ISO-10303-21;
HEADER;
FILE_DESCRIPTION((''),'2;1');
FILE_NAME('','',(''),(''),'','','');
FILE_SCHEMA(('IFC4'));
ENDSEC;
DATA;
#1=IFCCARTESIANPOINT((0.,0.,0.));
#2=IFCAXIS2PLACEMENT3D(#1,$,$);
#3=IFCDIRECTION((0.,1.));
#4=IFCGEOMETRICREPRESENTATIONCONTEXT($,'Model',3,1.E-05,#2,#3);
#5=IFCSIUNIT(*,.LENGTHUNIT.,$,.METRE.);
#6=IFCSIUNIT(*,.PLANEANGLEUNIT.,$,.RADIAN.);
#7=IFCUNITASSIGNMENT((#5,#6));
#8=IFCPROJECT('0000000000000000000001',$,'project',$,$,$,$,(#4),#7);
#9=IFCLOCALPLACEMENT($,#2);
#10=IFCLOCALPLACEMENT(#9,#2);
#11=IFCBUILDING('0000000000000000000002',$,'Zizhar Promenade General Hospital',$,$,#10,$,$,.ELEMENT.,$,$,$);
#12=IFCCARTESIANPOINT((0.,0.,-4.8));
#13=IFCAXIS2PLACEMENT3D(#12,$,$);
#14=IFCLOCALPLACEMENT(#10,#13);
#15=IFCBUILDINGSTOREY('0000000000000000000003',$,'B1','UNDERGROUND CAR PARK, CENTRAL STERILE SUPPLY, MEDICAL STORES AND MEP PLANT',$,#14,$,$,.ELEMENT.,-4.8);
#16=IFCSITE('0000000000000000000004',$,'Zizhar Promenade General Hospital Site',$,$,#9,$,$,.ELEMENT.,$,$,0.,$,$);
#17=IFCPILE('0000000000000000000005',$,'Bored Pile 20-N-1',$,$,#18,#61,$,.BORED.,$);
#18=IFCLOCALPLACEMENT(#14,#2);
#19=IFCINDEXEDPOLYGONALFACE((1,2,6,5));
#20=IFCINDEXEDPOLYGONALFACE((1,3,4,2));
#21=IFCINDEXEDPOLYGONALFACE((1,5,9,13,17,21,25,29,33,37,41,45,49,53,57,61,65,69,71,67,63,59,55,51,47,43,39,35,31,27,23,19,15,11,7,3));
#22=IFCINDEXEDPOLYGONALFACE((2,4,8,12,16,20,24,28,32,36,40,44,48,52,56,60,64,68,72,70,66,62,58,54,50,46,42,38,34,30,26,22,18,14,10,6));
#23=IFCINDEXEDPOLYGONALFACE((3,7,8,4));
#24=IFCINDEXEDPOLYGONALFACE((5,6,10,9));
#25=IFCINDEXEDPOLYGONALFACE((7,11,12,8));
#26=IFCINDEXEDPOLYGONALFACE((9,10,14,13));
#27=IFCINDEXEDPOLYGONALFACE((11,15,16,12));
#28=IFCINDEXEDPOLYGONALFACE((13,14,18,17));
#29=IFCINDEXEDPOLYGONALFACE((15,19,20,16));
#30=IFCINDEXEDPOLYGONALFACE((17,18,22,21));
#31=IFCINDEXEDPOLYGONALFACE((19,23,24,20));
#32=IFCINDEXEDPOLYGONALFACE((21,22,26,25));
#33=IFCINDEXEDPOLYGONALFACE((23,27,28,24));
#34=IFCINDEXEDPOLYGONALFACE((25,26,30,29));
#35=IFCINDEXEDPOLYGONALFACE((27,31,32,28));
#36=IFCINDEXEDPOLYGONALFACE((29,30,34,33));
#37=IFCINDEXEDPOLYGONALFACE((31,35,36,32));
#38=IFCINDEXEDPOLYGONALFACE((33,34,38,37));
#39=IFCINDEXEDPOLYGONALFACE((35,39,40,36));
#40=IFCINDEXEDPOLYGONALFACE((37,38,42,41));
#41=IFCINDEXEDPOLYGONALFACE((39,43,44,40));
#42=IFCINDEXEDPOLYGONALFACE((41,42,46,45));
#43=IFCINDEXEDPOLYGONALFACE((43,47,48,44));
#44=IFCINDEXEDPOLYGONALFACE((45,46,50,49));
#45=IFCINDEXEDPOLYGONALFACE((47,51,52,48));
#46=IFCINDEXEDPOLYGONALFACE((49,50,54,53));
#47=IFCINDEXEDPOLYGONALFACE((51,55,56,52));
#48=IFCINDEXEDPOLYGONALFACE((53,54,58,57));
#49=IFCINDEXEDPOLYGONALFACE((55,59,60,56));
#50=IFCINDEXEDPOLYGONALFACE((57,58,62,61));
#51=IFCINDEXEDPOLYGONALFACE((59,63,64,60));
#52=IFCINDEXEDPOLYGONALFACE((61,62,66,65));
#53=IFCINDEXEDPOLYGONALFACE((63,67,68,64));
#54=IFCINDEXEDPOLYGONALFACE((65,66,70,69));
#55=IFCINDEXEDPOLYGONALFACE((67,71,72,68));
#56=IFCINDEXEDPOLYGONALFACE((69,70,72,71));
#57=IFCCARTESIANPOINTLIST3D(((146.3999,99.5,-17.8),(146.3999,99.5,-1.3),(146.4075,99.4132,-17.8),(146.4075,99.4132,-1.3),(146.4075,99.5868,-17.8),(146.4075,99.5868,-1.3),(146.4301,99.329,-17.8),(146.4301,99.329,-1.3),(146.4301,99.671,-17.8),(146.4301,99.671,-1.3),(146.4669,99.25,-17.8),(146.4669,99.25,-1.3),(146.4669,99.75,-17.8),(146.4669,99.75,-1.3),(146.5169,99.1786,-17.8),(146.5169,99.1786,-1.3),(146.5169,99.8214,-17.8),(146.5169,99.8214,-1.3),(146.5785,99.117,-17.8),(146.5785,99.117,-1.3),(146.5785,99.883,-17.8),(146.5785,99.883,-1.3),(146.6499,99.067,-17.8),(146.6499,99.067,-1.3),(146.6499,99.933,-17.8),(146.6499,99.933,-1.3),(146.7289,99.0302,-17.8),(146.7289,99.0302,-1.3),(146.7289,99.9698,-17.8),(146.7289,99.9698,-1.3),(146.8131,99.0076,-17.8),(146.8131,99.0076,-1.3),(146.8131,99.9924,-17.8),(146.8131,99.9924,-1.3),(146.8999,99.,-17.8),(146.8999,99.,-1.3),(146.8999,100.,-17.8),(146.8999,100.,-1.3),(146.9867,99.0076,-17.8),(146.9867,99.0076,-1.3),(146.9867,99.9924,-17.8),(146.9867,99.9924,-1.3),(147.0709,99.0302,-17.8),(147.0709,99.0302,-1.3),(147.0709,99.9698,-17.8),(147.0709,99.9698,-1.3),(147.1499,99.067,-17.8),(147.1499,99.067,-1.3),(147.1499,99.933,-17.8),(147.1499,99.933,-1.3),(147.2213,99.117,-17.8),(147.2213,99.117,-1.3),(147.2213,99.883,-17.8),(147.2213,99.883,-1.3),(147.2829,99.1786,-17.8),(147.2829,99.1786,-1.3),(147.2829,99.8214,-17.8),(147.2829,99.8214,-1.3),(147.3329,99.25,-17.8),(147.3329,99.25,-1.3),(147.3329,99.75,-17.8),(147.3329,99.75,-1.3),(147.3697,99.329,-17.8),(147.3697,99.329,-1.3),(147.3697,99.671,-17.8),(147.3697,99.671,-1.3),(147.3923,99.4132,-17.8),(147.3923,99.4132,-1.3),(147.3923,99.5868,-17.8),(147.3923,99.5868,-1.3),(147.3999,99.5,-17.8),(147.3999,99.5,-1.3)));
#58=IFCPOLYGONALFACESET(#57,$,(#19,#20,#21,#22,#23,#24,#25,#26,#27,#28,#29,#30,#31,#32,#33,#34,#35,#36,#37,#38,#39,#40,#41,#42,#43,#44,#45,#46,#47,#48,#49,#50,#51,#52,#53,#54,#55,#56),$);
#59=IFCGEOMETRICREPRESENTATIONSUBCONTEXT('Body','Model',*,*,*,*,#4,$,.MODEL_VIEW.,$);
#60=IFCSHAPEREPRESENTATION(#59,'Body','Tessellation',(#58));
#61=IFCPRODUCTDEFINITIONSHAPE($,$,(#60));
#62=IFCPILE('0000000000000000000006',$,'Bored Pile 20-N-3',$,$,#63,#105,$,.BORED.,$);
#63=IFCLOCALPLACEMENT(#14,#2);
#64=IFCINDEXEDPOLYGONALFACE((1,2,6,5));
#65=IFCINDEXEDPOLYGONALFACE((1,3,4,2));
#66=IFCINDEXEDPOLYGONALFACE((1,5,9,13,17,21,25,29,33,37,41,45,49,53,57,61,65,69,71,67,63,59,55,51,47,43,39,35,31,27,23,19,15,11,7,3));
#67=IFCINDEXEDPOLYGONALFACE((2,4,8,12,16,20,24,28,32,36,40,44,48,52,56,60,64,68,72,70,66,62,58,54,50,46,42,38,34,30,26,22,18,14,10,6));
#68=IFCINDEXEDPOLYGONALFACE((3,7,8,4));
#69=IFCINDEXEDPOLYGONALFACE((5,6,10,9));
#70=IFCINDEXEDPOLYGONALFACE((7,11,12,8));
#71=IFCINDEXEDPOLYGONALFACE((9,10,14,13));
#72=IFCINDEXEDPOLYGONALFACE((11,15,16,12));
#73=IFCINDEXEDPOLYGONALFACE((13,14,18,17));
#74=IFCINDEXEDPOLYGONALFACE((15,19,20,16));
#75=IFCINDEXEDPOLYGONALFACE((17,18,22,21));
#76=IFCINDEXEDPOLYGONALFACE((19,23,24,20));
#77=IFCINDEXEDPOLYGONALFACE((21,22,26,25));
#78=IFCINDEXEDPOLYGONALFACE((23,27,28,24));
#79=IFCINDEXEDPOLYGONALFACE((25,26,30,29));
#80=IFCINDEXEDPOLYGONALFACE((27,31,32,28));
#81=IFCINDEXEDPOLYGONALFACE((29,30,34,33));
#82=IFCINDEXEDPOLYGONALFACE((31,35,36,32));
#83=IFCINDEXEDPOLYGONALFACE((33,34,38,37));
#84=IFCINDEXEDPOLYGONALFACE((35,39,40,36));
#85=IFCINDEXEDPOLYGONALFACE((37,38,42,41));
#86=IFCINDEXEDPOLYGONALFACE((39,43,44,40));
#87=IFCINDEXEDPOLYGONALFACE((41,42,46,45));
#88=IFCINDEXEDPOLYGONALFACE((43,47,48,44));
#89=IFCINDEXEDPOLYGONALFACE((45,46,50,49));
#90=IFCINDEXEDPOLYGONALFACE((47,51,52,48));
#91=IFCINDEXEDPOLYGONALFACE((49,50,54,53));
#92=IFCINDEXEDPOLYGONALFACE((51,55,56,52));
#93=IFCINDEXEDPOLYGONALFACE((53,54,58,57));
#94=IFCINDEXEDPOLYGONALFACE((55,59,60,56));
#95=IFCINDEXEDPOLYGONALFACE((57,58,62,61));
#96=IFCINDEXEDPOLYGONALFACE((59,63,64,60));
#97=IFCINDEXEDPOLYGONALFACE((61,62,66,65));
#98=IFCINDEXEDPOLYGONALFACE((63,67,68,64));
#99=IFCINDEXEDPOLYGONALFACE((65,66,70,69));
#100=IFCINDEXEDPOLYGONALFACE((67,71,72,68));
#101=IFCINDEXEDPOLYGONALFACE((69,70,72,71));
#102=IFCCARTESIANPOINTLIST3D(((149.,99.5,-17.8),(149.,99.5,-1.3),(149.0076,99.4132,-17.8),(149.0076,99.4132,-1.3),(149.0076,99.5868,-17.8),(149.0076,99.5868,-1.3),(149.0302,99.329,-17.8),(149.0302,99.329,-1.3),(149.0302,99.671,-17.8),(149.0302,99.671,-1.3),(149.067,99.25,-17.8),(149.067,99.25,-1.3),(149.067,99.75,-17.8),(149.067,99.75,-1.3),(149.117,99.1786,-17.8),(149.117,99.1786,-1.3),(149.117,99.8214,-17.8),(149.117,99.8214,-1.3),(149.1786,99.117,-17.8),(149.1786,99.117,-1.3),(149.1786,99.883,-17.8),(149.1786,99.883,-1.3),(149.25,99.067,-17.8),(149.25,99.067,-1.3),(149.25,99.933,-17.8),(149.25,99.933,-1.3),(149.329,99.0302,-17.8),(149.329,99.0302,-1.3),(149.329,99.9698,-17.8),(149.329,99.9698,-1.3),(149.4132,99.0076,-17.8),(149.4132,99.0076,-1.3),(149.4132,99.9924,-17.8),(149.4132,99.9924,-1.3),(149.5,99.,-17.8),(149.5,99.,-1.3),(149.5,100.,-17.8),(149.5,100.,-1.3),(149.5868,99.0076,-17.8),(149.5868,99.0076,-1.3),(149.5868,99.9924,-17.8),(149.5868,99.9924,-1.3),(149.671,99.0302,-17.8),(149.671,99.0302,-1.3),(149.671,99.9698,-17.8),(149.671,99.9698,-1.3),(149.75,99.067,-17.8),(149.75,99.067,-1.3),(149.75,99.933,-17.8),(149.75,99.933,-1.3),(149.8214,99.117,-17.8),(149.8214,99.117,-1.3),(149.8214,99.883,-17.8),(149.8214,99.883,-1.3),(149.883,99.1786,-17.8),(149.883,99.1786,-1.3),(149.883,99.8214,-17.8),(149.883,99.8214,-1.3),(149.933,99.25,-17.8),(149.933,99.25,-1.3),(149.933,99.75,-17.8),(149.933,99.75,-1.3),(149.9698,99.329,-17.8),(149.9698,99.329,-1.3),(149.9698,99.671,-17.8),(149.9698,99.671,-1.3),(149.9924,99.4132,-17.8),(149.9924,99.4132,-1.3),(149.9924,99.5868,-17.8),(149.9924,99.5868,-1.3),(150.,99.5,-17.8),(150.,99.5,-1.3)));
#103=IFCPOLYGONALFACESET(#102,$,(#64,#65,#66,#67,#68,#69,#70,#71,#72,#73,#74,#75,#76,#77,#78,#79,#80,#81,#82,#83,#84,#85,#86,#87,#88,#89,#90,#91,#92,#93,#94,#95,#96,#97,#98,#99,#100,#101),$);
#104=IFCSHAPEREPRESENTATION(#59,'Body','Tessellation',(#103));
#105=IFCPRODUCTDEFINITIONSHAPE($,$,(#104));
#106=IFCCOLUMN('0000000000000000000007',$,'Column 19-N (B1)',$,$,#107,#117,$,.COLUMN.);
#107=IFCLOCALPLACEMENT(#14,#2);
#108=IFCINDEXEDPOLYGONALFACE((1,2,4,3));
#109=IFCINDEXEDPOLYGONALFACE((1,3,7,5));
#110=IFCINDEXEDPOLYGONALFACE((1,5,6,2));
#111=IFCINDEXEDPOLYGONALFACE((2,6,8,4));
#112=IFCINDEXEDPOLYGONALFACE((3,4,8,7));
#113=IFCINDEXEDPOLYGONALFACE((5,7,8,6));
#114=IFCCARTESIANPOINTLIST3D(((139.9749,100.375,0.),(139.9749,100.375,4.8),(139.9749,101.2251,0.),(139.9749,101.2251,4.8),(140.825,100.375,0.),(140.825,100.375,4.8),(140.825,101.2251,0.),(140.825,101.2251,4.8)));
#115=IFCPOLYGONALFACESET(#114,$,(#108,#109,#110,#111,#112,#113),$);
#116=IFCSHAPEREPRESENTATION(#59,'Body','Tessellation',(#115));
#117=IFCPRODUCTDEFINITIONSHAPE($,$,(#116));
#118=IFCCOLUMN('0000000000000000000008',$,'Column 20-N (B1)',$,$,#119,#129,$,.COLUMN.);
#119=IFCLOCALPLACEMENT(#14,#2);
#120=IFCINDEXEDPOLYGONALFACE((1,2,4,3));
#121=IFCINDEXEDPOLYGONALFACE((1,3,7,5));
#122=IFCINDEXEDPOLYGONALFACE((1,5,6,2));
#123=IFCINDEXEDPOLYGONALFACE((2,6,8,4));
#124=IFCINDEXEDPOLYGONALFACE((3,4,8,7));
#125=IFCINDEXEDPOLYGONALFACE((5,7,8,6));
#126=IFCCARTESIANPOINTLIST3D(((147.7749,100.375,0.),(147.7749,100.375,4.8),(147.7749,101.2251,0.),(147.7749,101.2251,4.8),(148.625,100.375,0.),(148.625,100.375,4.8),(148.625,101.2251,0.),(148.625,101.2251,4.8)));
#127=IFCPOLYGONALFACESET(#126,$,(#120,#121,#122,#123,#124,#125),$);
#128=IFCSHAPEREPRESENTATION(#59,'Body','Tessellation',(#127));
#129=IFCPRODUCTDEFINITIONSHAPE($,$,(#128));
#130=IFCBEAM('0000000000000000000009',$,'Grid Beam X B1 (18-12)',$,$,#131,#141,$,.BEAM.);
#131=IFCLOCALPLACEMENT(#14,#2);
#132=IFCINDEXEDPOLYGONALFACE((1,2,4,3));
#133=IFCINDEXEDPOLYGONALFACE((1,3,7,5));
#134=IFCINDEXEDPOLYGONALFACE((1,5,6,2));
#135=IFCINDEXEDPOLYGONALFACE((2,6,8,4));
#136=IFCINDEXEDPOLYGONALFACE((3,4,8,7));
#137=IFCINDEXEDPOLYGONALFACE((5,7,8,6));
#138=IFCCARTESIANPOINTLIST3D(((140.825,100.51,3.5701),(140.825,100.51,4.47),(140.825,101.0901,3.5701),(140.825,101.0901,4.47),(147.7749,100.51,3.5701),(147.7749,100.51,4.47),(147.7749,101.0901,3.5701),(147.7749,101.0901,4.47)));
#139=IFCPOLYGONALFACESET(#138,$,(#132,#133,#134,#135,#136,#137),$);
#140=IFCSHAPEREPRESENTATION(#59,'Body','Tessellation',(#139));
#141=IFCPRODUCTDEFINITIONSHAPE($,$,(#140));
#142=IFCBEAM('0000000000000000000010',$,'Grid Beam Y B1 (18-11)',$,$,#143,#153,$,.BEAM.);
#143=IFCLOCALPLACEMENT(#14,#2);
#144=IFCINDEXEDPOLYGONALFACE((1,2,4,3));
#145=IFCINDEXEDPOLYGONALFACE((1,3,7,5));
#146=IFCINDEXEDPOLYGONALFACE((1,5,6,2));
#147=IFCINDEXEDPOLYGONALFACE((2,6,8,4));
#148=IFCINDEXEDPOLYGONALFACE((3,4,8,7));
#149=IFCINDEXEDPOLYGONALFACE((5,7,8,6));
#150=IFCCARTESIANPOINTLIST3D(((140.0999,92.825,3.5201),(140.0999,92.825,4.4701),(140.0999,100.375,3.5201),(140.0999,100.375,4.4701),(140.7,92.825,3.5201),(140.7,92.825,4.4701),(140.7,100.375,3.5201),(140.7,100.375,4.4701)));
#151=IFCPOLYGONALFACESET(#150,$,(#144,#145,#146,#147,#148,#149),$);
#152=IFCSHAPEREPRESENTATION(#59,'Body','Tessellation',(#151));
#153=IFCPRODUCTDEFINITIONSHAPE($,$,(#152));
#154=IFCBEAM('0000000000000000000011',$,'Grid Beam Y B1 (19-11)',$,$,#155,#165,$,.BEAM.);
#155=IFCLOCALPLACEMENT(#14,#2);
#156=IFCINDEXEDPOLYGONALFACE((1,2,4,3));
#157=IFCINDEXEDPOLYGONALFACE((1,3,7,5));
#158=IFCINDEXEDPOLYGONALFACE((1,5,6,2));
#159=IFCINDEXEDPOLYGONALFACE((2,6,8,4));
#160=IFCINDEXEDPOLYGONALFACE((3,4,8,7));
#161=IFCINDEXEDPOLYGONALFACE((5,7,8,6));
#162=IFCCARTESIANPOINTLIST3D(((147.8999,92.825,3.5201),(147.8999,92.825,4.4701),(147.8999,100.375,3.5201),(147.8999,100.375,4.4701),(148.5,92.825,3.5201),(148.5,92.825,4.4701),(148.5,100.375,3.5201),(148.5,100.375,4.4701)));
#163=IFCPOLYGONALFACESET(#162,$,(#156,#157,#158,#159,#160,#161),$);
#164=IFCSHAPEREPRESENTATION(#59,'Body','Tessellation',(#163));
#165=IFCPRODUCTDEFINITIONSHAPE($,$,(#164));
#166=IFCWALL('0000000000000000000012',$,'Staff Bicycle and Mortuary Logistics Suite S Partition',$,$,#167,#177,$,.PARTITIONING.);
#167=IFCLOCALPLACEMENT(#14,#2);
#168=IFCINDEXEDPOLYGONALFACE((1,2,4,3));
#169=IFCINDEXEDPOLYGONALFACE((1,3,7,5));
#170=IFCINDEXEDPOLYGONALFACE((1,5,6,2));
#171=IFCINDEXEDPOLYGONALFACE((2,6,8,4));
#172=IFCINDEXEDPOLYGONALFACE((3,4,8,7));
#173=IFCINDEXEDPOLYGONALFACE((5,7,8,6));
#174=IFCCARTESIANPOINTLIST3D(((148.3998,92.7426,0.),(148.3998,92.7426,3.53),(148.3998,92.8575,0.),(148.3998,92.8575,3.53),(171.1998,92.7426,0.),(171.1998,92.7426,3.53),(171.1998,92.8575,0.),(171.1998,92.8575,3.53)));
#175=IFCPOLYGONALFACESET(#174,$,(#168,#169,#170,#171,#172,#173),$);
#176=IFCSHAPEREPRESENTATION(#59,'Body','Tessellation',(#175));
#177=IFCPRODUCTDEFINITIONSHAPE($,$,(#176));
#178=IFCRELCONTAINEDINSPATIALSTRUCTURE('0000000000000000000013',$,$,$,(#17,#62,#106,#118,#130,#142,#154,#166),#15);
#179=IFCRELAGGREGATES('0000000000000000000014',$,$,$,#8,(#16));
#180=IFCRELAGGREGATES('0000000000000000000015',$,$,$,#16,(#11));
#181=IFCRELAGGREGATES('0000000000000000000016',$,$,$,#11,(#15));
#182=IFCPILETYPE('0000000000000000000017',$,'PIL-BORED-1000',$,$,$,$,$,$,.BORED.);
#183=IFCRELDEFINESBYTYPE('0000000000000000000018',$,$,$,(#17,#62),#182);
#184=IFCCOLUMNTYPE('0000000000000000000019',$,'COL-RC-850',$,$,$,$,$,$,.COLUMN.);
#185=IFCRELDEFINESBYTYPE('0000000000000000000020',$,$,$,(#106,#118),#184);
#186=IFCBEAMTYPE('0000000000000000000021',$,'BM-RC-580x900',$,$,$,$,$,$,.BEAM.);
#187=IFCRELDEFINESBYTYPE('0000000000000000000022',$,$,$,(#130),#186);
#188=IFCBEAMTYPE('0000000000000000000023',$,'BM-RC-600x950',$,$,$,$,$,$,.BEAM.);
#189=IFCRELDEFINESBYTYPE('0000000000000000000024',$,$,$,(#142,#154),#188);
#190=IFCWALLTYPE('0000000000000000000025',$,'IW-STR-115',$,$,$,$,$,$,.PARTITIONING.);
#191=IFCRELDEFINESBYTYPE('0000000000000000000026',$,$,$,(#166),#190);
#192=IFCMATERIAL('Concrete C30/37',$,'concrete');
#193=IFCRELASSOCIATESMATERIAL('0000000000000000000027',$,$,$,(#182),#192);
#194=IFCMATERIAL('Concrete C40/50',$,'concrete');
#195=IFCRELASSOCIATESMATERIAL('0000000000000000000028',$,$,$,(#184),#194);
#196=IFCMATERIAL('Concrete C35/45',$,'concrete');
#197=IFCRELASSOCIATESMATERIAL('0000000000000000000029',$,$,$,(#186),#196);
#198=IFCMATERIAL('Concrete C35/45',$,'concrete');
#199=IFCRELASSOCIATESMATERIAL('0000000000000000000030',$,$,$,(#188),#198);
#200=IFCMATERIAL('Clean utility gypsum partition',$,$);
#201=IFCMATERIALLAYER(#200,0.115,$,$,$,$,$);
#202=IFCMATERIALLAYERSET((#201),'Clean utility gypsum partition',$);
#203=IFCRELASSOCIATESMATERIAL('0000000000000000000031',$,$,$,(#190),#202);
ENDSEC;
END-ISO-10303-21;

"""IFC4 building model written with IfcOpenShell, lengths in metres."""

from ifc_helpers import new_model, si_unit, direction, frame, frame_2d, origin, origin_2d, place, context, subcontext, project, spatial, rectangle, circle, extrude, material, layer, layer_set, material_profile, profile_set, type_object, element, save


model = new_model("IFC4")

# Units and contexts
model_context = context("Model", 3, precision=1e-05, world=origin(), true_north=direction((0.0, 1.0)))
body_context = subcontext(model_context, "Body", "Model", "MODEL_VIEW")
ifc_project = project(units=[si_unit("LENGTHUNIT", "METRE"), si_unit("PLANEANGLEUNIT", "RADIAN")], contexts=[model_context])

# Site, building, storey
site_placement = place(None, origin())
site = spatial("IfcSite", under=ifc_project, at=site_placement, Name="Zizhar Promenade General Hospital Site", CompositionType="ELEMENT", RefElevation=0.0)
building_placement = place(site_placement, origin())
building = spatial("IfcBuilding", under=site, at=building_placement, Name="Zizhar Promenade General Hospital", CompositionType="ELEMENT")
storey_placement = place(building_placement, frame((0.0, 0.0, -4.8)))
storey = spatial("IfcBuildingStorey", under=building, at=storey_placement, Name="B1", Description="UNDERGROUND CAR PARK, CENTRAL STERILE SUPPLY, MEDICAL STORES AND MEP PLANT", CompositionType="ELEMENT", Elevation=-4.8)

# Piles
ifc_material_1 = material(Name="Concrete C30/37", Category="concrete")
ifc_material_profile_1 = material_profile(ifc_material_1, circle(Radius=0.5, at=origin_2d()))
ifc_profile_set_1 = profile_set([ifc_material_profile_1], Name="Concrete C30/37")
pile_type = type_object("IfcPileType", Name="PIL-BORED-1000", PredefinedType="BORED", material=ifc_profile_set_1)
for number, where, z_axis, x_axis, name in (
    (1, (146.8999, 99.5, -1.3), (0.0, 0.0, -1.0), (1.0, 0.0, 0.0), "Bored Pile 20-N-1"),
    (2, (149.5, 99.5, -1.3), (0.0, 0.0, -1.0), (1.0, 0.0, 0.0), "Bored Pile 20-N-3"),
):
    element("IfcPile", number, at=place(storey_placement, frame(where, z_axis=z_axis, x_axis=x_axis)), inside=storey, type_object=pile_type, Name=name, PredefinedType="BORED", context=body_context, shape_type="SweptSolid", body=[
        extrude(circle(Radius=0.5, at=origin_2d()), origin(), (0.0, 0.0, 1.0), 16.5),
    ])

# Columns
ifc_material_2 = material(Name="Concrete C40/50", Category="concrete")
ifc_material_profile_2 = material_profile(ifc_material_2, rectangle(XDim=0.8501, YDim=0.8501, at=origin_2d()))
ifc_profile_set_2 = profile_set([ifc_material_profile_2], Name="Concrete C40/50")
column_type = type_object("IfcColumnType", Name="COL-RC-850", PredefinedType="COLUMN", material=ifc_profile_set_2)
for number, where, z_axis, x_axis, name in (
    (3, (140.3999, 100.8, 0.0), (0.0, 0.0, 1.0), (1.0, 0.0, 0.0), "Column 19-N (B1)"),
    (4, (148.2, 100.8, 0.0), (0.0, 0.0, 1.0), (1.0, 0.0, 0.0), "Column 20-N (B1)"),
):
    element("IfcColumn", number, at=place(storey_placement, frame(where, z_axis=z_axis, x_axis=x_axis)), inside=storey, type_object=column_type, Name=name, PredefinedType="COLUMN", context=body_context, shape_type="SweptSolid", body=[
        extrude(rectangle(XDim=0.8501, YDim=0.8501, at=origin_2d()), origin(), (0.0, 0.0, 1.0), 4.8),
    ])

# Beams
ifc_material_3 = material(Name="Concrete C35/45", Category="concrete")
ifc_material_profile_3 = material_profile(ifc_material_3, rectangle(XDim=0.5801, YDim=0.8999, at=origin_2d()))
ifc_profile_set_3 = profile_set([ifc_material_profile_3], Name="Concrete C35/45")
beam_type_1 = type_object("IfcBeamType", Name="BM-RC-580x900", PredefinedType="BEAM", material=ifc_profile_set_3)
beam_placement = place(storey_placement, frame((140.825, 100.8, 4.02), z_axis=(1.0, 0.0, 0.0), x_axis=(0.0, 1.0, 0.0)))
element("IfcBeam", 5, at=beam_placement, inside=storey, type_object=beam_type_1, Name="Grid Beam X B1 (18-12)", PredefinedType="BEAM", context=body_context, shape_type="SweptSolid", body=[
    extrude(rectangle(XDim=0.5801, YDim=0.8999, at=origin_2d()), origin(), (0.0, 0.0, 1.0), 6.95),
])
ifc_material_4 = material(Name="Concrete C35/45", Category="concrete")
ifc_material_profile_4 = material_profile(ifc_material_4, rectangle(XDim=0.6001, YDim=0.95, at=origin_2d()))
ifc_profile_set_4 = profile_set([ifc_material_profile_4], Name="Concrete C35/45")
beam_type_2 = type_object("IfcBeamType", Name="BM-RC-600x950", PredefinedType="BEAM", material=ifc_profile_set_4)
for number, where, z_axis, x_axis, name in (
    (6, (140.3999, 92.825, 3.9951), (0.0, 1.0, 0.0), (-1.0, 0.0, 0.0), "Grid Beam Y B1 (18-11)"),
    (7, (148.2, 92.825, 3.9951), (0.0, 1.0, 0.0), (-1.0, 0.0, 0.0), "Grid Beam Y B1 (19-11)"),
):
    element("IfcBeam", number, at=place(storey_placement, frame(where, z_axis=z_axis, x_axis=x_axis)), inside=storey, type_object=beam_type_2, Name=name, PredefinedType="BEAM", context=body_context, shape_type="SweptSolid", body=[
        extrude(rectangle(XDim=0.6001, YDim=0.95, at=origin_2d()), origin(), (0.0, 0.0, 1.0), 7.55),
    ])

# Wall
ifc_material_5 = material(Name="Clean utility gypsum partition")
ifc_layer = layer(ifc_material_5, 0.115)
ifc_layer_set = layer_set([ifc_layer], Name="Clean utility gypsum partition")
wall_type = type_object("IfcWallType", Name="IW-STR-115", PredefinedType="PARTITIONING", material=ifc_layer_set)
wall_1_placement = place(storey_placement, frame((148.3999, 92.8, 0.0), z_axis=(0.0, 0.0, 1.0), x_axis=(1.0, 0.0, 0.0)))
element("IfcWall", 8, at=wall_1_placement, inside=storey, type_object=wall_type, Name="Staff Bicycle and Mortuary Logistics Suite S Partition", PredefinedType="PARTITIONING", context=body_context, shape_type="SweptSolid", body=[
    extrude(rectangle(XDim=22.8, YDim=0.115, at=frame_2d((11.3999, 0.0))), origin(), (0.0, 0.0, 1.0), 3.53),
])

save(model, "model.ifc")
